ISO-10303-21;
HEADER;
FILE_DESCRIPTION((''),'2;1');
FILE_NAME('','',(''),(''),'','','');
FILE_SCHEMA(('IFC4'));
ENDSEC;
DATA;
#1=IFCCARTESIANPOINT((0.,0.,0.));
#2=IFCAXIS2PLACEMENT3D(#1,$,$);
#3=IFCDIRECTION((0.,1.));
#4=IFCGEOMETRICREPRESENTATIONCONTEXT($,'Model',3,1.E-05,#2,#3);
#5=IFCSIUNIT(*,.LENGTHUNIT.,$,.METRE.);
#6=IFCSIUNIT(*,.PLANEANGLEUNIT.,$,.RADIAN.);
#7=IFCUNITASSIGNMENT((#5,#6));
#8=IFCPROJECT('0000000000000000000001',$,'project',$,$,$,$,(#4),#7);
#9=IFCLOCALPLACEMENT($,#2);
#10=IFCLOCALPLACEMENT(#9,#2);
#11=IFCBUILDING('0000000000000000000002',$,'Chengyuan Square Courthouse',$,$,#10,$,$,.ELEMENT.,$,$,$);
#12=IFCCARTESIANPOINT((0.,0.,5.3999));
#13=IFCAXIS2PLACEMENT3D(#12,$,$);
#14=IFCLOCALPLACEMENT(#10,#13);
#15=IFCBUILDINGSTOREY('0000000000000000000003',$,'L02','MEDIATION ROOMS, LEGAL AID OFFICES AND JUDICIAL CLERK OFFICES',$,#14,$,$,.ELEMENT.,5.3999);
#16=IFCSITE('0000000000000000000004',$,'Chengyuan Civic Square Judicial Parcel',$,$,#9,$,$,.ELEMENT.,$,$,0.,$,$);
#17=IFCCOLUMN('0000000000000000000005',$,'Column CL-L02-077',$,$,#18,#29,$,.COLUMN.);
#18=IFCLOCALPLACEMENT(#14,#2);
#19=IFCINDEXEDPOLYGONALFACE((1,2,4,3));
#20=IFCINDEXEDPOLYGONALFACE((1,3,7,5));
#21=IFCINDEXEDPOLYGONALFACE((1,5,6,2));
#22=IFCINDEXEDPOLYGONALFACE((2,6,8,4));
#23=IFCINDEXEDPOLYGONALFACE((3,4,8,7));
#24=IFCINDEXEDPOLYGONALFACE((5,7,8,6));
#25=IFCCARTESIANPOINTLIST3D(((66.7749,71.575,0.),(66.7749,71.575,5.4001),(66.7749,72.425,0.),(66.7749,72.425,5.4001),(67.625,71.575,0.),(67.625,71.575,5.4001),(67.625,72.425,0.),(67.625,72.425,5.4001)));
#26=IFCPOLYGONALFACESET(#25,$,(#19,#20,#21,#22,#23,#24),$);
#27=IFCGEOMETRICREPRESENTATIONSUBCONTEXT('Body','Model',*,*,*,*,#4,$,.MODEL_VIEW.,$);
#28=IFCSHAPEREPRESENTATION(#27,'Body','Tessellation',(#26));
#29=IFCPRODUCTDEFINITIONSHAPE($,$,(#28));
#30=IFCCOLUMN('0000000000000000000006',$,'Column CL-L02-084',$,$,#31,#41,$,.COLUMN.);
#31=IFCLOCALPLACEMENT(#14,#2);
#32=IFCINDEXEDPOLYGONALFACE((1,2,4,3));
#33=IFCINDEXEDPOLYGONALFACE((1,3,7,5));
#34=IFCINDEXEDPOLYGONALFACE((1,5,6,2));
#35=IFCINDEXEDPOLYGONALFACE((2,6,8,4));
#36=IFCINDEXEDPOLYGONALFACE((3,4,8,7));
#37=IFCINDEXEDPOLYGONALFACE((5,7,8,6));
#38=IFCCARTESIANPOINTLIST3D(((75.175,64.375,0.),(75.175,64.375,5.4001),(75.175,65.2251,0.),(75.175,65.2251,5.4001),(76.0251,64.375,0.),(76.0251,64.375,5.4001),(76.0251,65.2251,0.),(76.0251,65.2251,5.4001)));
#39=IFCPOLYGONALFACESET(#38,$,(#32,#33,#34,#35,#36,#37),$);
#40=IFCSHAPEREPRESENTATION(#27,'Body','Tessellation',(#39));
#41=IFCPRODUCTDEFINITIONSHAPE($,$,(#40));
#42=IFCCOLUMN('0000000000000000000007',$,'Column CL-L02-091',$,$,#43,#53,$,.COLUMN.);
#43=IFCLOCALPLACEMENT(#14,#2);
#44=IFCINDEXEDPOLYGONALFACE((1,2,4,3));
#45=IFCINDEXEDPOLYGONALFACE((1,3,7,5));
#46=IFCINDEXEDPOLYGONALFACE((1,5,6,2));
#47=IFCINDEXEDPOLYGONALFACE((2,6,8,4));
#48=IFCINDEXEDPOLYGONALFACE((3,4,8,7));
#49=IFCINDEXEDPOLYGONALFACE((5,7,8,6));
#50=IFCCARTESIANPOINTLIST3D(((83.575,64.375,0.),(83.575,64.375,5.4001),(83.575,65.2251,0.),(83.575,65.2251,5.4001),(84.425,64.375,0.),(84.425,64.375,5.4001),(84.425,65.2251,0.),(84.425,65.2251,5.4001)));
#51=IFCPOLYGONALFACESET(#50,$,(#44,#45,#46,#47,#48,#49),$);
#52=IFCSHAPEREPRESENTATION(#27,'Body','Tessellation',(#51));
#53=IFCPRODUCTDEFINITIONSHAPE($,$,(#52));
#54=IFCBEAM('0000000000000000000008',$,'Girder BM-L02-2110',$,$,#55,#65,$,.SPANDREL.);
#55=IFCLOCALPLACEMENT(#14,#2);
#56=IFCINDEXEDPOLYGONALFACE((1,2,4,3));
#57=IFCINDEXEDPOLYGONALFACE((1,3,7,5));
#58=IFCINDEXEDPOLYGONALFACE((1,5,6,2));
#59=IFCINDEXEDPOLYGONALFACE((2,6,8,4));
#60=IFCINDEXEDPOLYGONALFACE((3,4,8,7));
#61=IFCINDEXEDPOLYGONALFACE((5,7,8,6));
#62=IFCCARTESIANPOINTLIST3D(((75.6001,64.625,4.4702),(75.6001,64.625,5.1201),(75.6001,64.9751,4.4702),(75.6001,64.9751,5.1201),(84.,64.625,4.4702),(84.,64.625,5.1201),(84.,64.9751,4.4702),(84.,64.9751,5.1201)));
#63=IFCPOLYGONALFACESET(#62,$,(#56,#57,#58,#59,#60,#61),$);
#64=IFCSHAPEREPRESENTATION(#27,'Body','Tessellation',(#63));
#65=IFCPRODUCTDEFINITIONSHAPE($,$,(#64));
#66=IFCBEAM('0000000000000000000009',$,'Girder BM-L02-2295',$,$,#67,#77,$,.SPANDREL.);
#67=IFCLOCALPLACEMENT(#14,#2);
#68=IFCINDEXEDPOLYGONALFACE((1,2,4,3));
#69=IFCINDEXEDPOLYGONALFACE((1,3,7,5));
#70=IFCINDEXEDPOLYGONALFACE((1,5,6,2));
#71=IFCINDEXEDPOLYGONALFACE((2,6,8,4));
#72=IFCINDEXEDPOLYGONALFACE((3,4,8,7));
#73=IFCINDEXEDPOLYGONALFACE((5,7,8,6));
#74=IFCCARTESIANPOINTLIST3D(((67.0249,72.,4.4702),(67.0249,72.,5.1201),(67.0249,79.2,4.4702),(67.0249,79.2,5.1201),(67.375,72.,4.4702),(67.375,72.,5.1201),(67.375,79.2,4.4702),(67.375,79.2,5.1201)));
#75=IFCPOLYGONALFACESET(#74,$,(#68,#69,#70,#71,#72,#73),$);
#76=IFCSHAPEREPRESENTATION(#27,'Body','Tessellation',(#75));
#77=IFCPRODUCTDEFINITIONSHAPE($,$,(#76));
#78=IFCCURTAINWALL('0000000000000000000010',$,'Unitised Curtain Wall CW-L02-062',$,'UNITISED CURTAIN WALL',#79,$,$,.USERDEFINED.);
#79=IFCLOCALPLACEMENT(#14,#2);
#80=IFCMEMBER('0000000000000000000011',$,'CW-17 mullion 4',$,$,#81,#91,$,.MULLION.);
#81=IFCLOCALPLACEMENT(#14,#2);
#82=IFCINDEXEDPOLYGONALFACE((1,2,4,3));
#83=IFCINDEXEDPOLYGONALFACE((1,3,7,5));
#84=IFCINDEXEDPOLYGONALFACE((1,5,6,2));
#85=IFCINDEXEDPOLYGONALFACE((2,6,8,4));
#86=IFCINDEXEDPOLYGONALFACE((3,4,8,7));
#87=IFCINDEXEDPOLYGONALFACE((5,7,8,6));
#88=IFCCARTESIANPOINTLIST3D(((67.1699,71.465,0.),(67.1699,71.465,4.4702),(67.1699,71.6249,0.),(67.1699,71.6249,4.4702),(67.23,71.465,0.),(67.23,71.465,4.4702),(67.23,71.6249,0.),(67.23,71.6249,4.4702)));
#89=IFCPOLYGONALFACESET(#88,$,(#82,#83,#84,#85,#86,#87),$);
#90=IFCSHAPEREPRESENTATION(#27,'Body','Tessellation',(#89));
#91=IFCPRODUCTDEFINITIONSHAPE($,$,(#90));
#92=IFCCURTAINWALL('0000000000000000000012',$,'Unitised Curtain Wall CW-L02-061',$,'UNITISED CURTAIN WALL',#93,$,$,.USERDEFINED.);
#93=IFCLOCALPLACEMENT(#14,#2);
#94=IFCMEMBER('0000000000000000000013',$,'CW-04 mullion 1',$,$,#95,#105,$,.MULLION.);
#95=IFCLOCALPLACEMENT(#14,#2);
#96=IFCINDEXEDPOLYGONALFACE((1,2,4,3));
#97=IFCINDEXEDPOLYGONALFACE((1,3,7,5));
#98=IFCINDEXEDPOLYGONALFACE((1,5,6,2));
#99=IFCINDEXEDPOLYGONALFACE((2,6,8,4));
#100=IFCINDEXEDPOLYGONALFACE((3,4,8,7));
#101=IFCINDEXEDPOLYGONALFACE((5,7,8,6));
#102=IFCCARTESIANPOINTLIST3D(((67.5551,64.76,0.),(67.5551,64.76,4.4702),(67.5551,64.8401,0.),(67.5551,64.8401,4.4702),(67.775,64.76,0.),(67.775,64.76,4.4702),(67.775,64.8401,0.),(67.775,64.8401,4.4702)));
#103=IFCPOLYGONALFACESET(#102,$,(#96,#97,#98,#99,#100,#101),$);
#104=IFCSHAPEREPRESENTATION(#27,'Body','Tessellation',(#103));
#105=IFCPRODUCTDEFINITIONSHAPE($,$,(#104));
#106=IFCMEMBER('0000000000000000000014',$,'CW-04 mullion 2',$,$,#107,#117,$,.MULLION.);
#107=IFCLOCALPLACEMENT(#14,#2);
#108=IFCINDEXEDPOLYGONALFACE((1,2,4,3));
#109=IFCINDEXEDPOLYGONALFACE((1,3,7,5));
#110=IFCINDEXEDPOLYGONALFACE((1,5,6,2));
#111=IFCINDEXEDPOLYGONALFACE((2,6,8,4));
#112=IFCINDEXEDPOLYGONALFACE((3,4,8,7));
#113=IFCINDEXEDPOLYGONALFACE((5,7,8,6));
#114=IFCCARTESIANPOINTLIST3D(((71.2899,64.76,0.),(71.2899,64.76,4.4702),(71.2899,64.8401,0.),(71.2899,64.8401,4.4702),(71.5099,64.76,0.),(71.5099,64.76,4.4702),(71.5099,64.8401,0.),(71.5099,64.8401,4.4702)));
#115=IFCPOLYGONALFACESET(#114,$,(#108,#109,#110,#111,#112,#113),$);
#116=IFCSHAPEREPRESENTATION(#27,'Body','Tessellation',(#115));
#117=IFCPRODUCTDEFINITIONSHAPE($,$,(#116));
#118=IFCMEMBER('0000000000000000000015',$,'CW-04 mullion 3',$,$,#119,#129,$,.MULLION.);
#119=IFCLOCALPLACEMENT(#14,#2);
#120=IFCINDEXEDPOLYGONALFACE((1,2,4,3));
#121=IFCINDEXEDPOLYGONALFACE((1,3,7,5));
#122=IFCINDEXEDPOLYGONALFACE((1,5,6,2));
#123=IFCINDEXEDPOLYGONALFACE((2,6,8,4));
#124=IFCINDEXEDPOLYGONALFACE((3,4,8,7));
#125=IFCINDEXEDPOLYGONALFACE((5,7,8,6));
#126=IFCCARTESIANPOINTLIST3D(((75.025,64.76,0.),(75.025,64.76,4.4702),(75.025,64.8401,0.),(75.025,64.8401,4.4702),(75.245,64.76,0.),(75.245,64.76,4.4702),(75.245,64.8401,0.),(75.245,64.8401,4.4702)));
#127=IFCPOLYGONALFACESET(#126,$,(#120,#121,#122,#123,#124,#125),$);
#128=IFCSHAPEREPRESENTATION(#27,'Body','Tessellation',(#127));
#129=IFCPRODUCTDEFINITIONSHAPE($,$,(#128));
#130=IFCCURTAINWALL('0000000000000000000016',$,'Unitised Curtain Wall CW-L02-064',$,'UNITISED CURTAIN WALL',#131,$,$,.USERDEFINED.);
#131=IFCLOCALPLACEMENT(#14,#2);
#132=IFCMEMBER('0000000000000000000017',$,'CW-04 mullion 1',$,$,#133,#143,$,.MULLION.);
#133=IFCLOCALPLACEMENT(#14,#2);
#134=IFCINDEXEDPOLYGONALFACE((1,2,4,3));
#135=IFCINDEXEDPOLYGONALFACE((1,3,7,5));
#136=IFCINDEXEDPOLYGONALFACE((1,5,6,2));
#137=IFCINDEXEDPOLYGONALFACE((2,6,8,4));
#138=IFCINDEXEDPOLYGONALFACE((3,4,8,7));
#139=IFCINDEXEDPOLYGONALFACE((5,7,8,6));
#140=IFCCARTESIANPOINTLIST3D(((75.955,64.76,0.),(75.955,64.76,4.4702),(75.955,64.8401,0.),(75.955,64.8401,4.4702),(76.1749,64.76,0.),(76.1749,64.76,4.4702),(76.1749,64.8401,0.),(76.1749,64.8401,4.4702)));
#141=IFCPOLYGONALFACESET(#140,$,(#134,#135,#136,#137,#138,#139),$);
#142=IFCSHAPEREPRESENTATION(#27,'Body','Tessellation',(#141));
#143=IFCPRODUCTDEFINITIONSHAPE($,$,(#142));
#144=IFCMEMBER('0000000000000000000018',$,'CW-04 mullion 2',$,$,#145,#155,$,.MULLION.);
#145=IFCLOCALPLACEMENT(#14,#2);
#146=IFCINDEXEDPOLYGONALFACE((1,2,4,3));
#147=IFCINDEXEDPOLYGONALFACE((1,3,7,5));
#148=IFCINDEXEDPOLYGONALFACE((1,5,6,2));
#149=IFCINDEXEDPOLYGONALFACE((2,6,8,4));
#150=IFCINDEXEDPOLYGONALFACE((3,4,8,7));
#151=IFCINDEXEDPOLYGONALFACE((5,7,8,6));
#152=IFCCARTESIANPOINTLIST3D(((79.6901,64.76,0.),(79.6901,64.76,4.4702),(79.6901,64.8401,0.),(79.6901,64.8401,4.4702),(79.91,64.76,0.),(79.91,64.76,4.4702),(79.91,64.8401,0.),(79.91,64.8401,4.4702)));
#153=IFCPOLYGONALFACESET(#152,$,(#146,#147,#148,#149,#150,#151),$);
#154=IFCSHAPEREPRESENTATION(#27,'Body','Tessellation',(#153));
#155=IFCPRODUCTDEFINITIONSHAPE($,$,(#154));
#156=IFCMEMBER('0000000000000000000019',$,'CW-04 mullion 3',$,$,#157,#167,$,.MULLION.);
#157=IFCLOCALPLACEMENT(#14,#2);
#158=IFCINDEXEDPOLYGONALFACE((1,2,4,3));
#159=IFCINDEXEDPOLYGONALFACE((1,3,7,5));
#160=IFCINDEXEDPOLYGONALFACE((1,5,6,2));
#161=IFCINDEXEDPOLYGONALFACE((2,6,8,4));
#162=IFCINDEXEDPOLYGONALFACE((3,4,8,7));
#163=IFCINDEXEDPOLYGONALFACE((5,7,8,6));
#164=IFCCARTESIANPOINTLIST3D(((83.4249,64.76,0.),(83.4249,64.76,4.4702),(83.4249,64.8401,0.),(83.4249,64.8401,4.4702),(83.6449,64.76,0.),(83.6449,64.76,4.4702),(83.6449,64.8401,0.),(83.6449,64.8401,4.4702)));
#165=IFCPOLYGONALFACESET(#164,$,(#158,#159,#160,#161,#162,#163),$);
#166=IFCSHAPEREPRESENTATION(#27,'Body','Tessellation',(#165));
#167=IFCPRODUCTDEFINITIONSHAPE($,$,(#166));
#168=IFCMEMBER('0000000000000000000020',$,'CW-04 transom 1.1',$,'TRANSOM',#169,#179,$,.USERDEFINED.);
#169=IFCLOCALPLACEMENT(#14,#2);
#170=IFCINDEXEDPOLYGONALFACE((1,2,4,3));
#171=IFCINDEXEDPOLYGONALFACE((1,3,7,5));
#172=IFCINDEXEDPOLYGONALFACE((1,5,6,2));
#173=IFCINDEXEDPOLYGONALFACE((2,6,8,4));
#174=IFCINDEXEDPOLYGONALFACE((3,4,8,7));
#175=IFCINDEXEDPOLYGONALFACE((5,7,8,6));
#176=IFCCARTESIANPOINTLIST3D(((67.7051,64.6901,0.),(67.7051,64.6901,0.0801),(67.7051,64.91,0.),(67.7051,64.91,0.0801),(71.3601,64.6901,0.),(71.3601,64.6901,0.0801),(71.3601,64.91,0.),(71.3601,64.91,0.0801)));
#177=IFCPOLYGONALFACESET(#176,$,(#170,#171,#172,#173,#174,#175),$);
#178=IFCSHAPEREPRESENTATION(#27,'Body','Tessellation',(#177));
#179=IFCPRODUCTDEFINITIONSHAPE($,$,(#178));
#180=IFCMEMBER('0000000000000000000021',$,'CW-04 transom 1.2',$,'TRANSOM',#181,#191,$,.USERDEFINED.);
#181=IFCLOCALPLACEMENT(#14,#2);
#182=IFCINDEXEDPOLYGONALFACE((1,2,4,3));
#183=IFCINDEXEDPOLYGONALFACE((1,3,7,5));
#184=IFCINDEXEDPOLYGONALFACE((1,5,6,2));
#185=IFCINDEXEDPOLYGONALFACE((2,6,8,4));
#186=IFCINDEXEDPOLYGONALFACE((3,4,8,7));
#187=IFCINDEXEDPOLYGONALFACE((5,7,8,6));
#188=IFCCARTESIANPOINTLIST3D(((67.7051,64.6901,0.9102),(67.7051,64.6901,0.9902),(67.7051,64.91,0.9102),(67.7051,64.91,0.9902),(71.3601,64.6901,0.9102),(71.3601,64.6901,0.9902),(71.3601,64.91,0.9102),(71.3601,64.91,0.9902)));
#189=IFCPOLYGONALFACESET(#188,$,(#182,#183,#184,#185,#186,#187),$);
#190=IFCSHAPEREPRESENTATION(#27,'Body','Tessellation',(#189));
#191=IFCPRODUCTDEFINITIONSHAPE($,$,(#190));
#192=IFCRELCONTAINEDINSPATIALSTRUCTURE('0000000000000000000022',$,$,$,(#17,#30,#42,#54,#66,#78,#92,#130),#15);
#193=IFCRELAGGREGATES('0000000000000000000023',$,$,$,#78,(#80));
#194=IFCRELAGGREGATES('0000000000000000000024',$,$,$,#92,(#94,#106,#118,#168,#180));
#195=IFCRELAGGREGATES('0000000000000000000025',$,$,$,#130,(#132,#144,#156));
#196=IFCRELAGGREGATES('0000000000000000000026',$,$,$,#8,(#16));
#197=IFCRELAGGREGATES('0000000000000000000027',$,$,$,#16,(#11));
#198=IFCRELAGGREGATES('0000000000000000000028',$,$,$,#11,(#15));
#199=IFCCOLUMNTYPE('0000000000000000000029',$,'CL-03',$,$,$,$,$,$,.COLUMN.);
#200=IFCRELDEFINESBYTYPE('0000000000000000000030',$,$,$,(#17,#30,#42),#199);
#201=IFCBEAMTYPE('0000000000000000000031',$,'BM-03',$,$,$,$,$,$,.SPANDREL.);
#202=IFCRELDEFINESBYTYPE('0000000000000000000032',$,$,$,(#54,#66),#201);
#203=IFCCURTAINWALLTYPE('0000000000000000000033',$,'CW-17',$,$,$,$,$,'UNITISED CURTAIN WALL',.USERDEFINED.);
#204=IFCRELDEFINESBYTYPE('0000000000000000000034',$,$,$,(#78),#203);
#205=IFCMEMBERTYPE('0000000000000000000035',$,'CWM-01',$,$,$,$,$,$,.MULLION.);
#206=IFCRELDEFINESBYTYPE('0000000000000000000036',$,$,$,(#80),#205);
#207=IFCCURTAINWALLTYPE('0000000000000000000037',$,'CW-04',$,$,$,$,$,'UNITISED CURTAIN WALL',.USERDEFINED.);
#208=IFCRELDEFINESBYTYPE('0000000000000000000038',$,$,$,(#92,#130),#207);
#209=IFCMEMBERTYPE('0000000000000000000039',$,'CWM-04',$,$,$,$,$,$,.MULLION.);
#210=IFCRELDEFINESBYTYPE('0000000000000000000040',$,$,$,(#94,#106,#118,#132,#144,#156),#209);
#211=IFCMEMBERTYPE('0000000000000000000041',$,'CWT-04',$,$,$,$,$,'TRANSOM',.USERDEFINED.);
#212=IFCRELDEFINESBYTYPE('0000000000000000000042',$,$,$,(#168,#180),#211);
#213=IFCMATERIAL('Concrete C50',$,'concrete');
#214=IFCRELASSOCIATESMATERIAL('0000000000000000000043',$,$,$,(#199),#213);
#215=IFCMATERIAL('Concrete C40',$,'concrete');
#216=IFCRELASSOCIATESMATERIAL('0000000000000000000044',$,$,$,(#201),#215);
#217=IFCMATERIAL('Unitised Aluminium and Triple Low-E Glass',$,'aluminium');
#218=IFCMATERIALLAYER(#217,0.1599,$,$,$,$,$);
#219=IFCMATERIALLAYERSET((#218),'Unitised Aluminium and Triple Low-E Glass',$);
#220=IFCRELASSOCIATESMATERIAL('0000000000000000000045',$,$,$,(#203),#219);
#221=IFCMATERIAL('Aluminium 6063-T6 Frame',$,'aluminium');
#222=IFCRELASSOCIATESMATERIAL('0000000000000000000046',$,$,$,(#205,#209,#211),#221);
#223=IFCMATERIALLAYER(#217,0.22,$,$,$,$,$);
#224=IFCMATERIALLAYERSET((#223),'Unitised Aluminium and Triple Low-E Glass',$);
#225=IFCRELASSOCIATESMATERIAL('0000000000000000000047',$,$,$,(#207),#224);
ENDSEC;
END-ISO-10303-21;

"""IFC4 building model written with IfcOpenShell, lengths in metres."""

from ifc_helpers import new_model, si_unit, direction, frame, origin, origin_2d, place, context, subcontext, project, spatial, rectangle, extrude, material, layer, layer_set, material_profile, profile_set, type_object, element, aggregate, save


model = new_model("IFC4")

# Units and contexts
model_context = context("Model", 3, precision=1e-05, world=origin(), true_north=direction((0.0, 1.0)))
body_context = subcontext(model_context, "Body", "Model", "MODEL_VIEW")
ifc_project = project(units=[si_unit("LENGTHUNIT", "METRE"), si_unit("PLANEANGLEUNIT", "RADIAN")], contexts=[model_context])

# Site, building, storey
site_placement = place(None, origin())
site = spatial("IfcSite", under=ifc_project, at=site_placement, Name="Chengyuan Civic Square Judicial Parcel", CompositionType="ELEMENT", RefElevation=0.0)
building_placement = place(site_placement, origin())
building = spatial("IfcBuilding", under=site, at=building_placement, Name="Chengyuan Square Courthouse", CompositionType="ELEMENT")
storey_placement = place(building_placement, frame((0.0, 0.0, 5.3999)))
storey = spatial("IfcBuildingStorey", under=building, at=storey_placement, Name="L02", Description="MEDIATION ROOMS, LEGAL AID OFFICES AND JUDICIAL CLERK OFFICES", CompositionType="ELEMENT", Elevation=5.3999)

# Columns
ifc_material_1 = material(Name="Concrete C50", Category="concrete")
ifc_material_profile_1 = material_profile(ifc_material_1, rectangle(XDim=0.8501, YDim=0.8501, at=origin_2d()), Name="RC-COL-850x850")
ifc_profile_set_1 = profile_set([ifc_material_profile_1], Name="Concrete C50")
column_type = type_object("IfcColumnType", Name="CL-03", PredefinedType="COLUMN", material=ifc_profile_set_1)
for number, where, z_axis, x_axis, name in (
    (1, (67.2, 72.0, 0.0), (0.0, 0.0, 1.0), (1.0, 0.0, 0.0), "Column CL-L02-077"),
    (2, (75.6001, 64.8, 0.0), (0.0, 0.0, 1.0), (1.0, 0.0, 0.0), "Column CL-L02-084"),
    (3, (84.0, 64.8, 0.0), (0.0, 0.0, 1.0), (1.0, 0.0, 0.0), "Column CL-L02-091"),
):
    element("IfcColumn", number, at=place(storey_placement, frame(where, z_axis=z_axis, x_axis=x_axis)), inside=storey, type_object=column_type, Name=name, PredefinedType="COLUMN", context=body_context, shape_type="SweptSolid", body=[
        extrude(rectangle(XDim=0.8501, YDim=0.8501, at=origin_2d()), origin(), (0.0, 0.0, 1.0), 5.4001),
    ])

# Beams
ifc_material_2 = material(Name="Concrete C40", Category="concrete")
ifc_material_profile_2 = material_profile(ifc_material_2, rectangle(XDim=0.3501, YDim=0.6499, at=origin_2d()), Name="RC-BM-350x650")
ifc_profile_set_2 = profile_set([ifc_material_profile_2], Name="Concrete C40")
beam_type_1 = type_object("IfcBeamType", Name="BM-03", PredefinedType="SPANDREL", material=ifc_profile_set_2)
beam_1_placement = place(storey_placement, frame((75.6001, 64.8, 4.7952), z_axis=(1.0, 0.0, 0.0), x_axis=(0.0, 1.0, 0.0)))
element("IfcBeam", 4, at=beam_1_placement, inside=storey, type_object=beam_type_1, Name="Girder BM-L02-2110", PredefinedType="SPANDREL", context=body_context, shape_type="SweptSolid", body=[
    extrude(rectangle(XDim=0.3501, YDim=0.6499, at=origin_2d()), origin(), (0.0, 0.0, 1.0), 8.3999),
])
beam_2_placement = place(storey_placement, frame((67.2, 72.0, 4.7952), z_axis=(0.0, 1.0, 0.0), x_axis=(-1.0, 0.0, 0.0)))
element("IfcBeam", 5, at=beam_2_placement, inside=storey, type_object=beam_type_1, Name="Girder BM-L02-2295", PredefinedType="SPANDREL", context=body_context, shape_type="SweptSolid", body=[
    extrude(rectangle(XDim=0.3501, YDim=0.6499, at=origin_2d()), origin(), (0.0, 0.0, 1.0), 7.2),
])

# Curtain wall, member
ifc_material_3 = material(Name="Unitised Aluminium and Triple Low-E Glass", Category="aluminium")
ifc_layer_1 = layer(ifc_material_3, 0.1599)
ifc_layer_set_1 = layer_set([ifc_layer_1], Name="Unitised Aluminium and Triple Low-E Glass")
curtain_wall_type_1 = type_object("IfcCurtainWallType", Name="CW-17", ElementType="UNITISED CURTAIN WALL", PredefinedType="USERDEFINED", material=ifc_layer_set_1)
curtain_wall_1_placement = place(storey_placement, origin())
curtain_wall_1 = element("IfcCurtainWall", 6, at=curtain_wall_1_placement, inside=storey, type_object=curtain_wall_type_1, Name="Unitised Curtain Wall CW-L02-062", ObjectType="UNITISED CURTAIN WALL", PredefinedType="USERDEFINED")
ifc_material_4 = material(Name="Aluminium 6063-T6 Frame", Category="aluminium")
ifc_material_profile_3 = material_profile(ifc_material_4, rectangle(XDim=0.0601, YDim=0.1599, at=origin_2d()), Name="CW-MUL-60x160")
ifc_profile_set_3 = profile_set([ifc_material_profile_3], Name="Aluminium 6063-T6 Frame")
member_type_1 = type_object("IfcMemberType", Name="CWM-01", PredefinedType="MULLION", material=ifc_profile_set_3)
member_1_placement = place(storey_placement, frame((67.2, 71.5449, 0.0), z_axis=(0.0, 0.0, 1.0), x_axis=(-1.0, 0.0, 0.0)))
member_1 = element("IfcMember", 7, at=member_1_placement, type_object=member_type_1, Name="CW-17 mullion 4", PredefinedType="MULLION", context=body_context, shape_type="SweptSolid", body=[
    extrude(rectangle(XDim=0.0601, YDim=0.1599, at=origin_2d()), origin(), (0.0, 0.0, 1.0), 4.4702),
])
aggregate(curtain_wall_1, [member_1])

# Curtain walls, members
ifc_layer_2 = layer(ifc_material_3, 0.22)
ifc_layer_set_2 = layer_set([ifc_layer_2], Name="Unitised Aluminium and Triple Low-E Glass")
curtain_wall_type_2 = type_object("IfcCurtainWallType", Name="CW-04", ElementType="UNITISED CURTAIN WALL", PredefinedType="USERDEFINED", material=ifc_layer_set_2)
curtain_wall_2_placement = place(storey_placement, origin())
curtain_wall_2 = element("IfcCurtainWall", 8, at=curtain_wall_2_placement, inside=storey, type_object=curtain_wall_type_2, Name="Unitised Curtain Wall CW-L02-061", ObjectType="UNITISED CURTAIN WALL", PredefinedType="USERDEFINED")
ifc_material_profile_4 = material_profile(ifc_material_4, rectangle(XDim=0.0801, YDim=0.22, at=origin_2d()), Name="CW-MUL-80x220")
ifc_profile_set_4 = profile_set([ifc_material_profile_4], Name="Aluminium 6063-T6 Frame")
member_type_2 = type_object("IfcMemberType", Name="CWM-04", PredefinedType="MULLION", material=ifc_profile_set_4)
member_2_placement = place(storey_placement, frame((67.665, 64.8, 0.0), z_axis=(0.0, 0.0, 1.0), x_axis=(0.0, 1.0, 0.0)))
member_2 = element("IfcMember", 9, at=member_2_placement, type_object=member_type_2, Name="CW-04 mullion 1", PredefinedType="MULLION", context=body_context, shape_type="SweptSolid", body=[
    extrude(rectangle(XDim=0.0801, YDim=0.22, at=origin_2d()), origin(), (0.0, 0.0, 1.0), 4.4702),
])
member_3_placement = place(storey_placement, frame((71.3999, 64.8, 0.0), z_axis=(0.0, 0.0, 1.0), x_axis=(0.0, 1.0, 0.0)))
member_3 = element("IfcMember", 10, at=member_3_placement, type_object=member_type_2, Name="CW-04 mullion 2", PredefinedType="MULLION", context=body_context, shape_type="SweptSolid", body=[
    extrude(rectangle(XDim=0.0801, YDim=0.22, at=origin_2d()), origin(), (0.0, 0.0, 1.0), 4.4702),
])
member_4_placement = place(storey_placement, frame((75.135, 64.8, 0.0), z_axis=(0.0, 0.0, 1.0), x_axis=(0.0, 1.0, 0.0)))
member_4 = element("IfcMember", 11, at=member_4_placement, type_object=member_type_2, Name="CW-04 mullion 3", PredefinedType="MULLION", context=body_context, shape_type="SweptSolid", body=[
    extrude(rectangle(XDim=0.0801, YDim=0.22, at=origin_2d()), origin(), (0.0, 0.0, 1.0), 4.4702),
])
curtain_wall_3_placement = place(storey_placement, origin())
curtain_wall_3 = element("IfcCurtainWall", 12, at=curtain_wall_3_placement, inside=storey, type_object=curtain_wall_type_2, Name="Unitised Curtain Wall CW-L02-064", ObjectType="UNITISED CURTAIN WALL", PredefinedType="USERDEFINED")
member_5_placement = place(storey_placement, frame((76.0649, 64.8, 0.0), z_axis=(0.0, 0.0, 1.0), x_axis=(0.0, 1.0, 0.0)))
member_5 = element("IfcMember", 13, at=member_5_placement, type_object=member_type_2, Name="CW-04 mullion 1", PredefinedType="MULLION", context=body_context, shape_type="SweptSolid", body=[
    extrude(rectangle(XDim=0.0801, YDim=0.22, at=origin_2d()), origin(), (0.0, 0.0, 1.0), 4.4702),
])
member_6_placement = place(storey_placement, frame((79.8, 64.8, 0.0), z_axis=(0.0, 0.0, 1.0), x_axis=(0.0, 1.0, 0.0)))
member_6 = element("IfcMember", 14, at=member_6_placement, type_object=member_type_2, Name="CW-04 mullion 2", PredefinedType="MULLION", context=body_context, shape_type="SweptSolid", body=[
    extrude(rectangle(XDim=0.0801, YDim=0.22, at=origin_2d()), origin(), (0.0, 0.0, 1.0), 4.4702),
])
member_7_placement = place(storey_placement, frame((83.5349, 64.8, 0.0), z_axis=(0.0, 0.0, 1.0), x_axis=(0.0, 1.0, 0.0)))
member_7 = element("IfcMember", 15, at=member_7_placement, type_object=member_type_2, Name="CW-04 mullion 3", PredefinedType="MULLION", context=body_context, shape_type="SweptSolid", body=[
    extrude(rectangle(XDim=0.0801, YDim=0.22, at=origin_2d()), origin(), (0.0, 0.0, 1.0), 4.4702),
])

# Members
ifc_material_profile_5 = material_profile(ifc_material_4, rectangle(XDim=0.22, YDim=0.0801, at=origin_2d()), Name="CW-TRN-80x180")
ifc_profile_set_5 = profile_set([ifc_material_profile_5], Name="Aluminium 6063-T6 Frame")
member_type_3 = type_object("IfcMemberType", Name="CWT-04", ElementType="TRANSOM", PredefinedType="USERDEFINED", material=ifc_profile_set_5)
member_8_placement = place(storey_placement, frame((67.7051, 64.8, 0.04), z_axis=(1.0, 0.0, 0.0), x_axis=(0.0, 1.0, 0.0)))
member_8 = element("IfcMember", 16, at=member_8_placement, type_object=member_type_3, Name="CW-04 transom 1.1", ObjectType="TRANSOM", PredefinedType="USERDEFINED", context=body_context, shape_type="SweptSolid", body=[
    extrude(rectangle(XDim=0.22, YDim=0.0801, at=origin_2d()), origin(), (0.0, 0.0, 1.0), 3.655),
])
member_9_placement = place(storey_placement, frame((67.7051, 64.8, 0.9502), z_axis=(1.0, 0.0, 0.0), x_axis=(0.0, 1.0, 0.0)))
member_9 = element("IfcMember", 17, at=member_9_placement, type_object=member_type_3, Name="CW-04 transom 1.2", ObjectType="TRANSOM", PredefinedType="USERDEFINED", context=body_context, shape_type="SweptSolid", body=[
    extrude(rectangle(XDim=0.22, YDim=0.0801, at=origin_2d()), origin(), (0.0, 0.0, 1.0), 3.655),
])

aggregate(curtain_wall_2, [member_2, member_3, member_4, member_8, member_9])
aggregate(curtain_wall_3, [member_5, member_6, member_7])

save(model, "model.ifc")
